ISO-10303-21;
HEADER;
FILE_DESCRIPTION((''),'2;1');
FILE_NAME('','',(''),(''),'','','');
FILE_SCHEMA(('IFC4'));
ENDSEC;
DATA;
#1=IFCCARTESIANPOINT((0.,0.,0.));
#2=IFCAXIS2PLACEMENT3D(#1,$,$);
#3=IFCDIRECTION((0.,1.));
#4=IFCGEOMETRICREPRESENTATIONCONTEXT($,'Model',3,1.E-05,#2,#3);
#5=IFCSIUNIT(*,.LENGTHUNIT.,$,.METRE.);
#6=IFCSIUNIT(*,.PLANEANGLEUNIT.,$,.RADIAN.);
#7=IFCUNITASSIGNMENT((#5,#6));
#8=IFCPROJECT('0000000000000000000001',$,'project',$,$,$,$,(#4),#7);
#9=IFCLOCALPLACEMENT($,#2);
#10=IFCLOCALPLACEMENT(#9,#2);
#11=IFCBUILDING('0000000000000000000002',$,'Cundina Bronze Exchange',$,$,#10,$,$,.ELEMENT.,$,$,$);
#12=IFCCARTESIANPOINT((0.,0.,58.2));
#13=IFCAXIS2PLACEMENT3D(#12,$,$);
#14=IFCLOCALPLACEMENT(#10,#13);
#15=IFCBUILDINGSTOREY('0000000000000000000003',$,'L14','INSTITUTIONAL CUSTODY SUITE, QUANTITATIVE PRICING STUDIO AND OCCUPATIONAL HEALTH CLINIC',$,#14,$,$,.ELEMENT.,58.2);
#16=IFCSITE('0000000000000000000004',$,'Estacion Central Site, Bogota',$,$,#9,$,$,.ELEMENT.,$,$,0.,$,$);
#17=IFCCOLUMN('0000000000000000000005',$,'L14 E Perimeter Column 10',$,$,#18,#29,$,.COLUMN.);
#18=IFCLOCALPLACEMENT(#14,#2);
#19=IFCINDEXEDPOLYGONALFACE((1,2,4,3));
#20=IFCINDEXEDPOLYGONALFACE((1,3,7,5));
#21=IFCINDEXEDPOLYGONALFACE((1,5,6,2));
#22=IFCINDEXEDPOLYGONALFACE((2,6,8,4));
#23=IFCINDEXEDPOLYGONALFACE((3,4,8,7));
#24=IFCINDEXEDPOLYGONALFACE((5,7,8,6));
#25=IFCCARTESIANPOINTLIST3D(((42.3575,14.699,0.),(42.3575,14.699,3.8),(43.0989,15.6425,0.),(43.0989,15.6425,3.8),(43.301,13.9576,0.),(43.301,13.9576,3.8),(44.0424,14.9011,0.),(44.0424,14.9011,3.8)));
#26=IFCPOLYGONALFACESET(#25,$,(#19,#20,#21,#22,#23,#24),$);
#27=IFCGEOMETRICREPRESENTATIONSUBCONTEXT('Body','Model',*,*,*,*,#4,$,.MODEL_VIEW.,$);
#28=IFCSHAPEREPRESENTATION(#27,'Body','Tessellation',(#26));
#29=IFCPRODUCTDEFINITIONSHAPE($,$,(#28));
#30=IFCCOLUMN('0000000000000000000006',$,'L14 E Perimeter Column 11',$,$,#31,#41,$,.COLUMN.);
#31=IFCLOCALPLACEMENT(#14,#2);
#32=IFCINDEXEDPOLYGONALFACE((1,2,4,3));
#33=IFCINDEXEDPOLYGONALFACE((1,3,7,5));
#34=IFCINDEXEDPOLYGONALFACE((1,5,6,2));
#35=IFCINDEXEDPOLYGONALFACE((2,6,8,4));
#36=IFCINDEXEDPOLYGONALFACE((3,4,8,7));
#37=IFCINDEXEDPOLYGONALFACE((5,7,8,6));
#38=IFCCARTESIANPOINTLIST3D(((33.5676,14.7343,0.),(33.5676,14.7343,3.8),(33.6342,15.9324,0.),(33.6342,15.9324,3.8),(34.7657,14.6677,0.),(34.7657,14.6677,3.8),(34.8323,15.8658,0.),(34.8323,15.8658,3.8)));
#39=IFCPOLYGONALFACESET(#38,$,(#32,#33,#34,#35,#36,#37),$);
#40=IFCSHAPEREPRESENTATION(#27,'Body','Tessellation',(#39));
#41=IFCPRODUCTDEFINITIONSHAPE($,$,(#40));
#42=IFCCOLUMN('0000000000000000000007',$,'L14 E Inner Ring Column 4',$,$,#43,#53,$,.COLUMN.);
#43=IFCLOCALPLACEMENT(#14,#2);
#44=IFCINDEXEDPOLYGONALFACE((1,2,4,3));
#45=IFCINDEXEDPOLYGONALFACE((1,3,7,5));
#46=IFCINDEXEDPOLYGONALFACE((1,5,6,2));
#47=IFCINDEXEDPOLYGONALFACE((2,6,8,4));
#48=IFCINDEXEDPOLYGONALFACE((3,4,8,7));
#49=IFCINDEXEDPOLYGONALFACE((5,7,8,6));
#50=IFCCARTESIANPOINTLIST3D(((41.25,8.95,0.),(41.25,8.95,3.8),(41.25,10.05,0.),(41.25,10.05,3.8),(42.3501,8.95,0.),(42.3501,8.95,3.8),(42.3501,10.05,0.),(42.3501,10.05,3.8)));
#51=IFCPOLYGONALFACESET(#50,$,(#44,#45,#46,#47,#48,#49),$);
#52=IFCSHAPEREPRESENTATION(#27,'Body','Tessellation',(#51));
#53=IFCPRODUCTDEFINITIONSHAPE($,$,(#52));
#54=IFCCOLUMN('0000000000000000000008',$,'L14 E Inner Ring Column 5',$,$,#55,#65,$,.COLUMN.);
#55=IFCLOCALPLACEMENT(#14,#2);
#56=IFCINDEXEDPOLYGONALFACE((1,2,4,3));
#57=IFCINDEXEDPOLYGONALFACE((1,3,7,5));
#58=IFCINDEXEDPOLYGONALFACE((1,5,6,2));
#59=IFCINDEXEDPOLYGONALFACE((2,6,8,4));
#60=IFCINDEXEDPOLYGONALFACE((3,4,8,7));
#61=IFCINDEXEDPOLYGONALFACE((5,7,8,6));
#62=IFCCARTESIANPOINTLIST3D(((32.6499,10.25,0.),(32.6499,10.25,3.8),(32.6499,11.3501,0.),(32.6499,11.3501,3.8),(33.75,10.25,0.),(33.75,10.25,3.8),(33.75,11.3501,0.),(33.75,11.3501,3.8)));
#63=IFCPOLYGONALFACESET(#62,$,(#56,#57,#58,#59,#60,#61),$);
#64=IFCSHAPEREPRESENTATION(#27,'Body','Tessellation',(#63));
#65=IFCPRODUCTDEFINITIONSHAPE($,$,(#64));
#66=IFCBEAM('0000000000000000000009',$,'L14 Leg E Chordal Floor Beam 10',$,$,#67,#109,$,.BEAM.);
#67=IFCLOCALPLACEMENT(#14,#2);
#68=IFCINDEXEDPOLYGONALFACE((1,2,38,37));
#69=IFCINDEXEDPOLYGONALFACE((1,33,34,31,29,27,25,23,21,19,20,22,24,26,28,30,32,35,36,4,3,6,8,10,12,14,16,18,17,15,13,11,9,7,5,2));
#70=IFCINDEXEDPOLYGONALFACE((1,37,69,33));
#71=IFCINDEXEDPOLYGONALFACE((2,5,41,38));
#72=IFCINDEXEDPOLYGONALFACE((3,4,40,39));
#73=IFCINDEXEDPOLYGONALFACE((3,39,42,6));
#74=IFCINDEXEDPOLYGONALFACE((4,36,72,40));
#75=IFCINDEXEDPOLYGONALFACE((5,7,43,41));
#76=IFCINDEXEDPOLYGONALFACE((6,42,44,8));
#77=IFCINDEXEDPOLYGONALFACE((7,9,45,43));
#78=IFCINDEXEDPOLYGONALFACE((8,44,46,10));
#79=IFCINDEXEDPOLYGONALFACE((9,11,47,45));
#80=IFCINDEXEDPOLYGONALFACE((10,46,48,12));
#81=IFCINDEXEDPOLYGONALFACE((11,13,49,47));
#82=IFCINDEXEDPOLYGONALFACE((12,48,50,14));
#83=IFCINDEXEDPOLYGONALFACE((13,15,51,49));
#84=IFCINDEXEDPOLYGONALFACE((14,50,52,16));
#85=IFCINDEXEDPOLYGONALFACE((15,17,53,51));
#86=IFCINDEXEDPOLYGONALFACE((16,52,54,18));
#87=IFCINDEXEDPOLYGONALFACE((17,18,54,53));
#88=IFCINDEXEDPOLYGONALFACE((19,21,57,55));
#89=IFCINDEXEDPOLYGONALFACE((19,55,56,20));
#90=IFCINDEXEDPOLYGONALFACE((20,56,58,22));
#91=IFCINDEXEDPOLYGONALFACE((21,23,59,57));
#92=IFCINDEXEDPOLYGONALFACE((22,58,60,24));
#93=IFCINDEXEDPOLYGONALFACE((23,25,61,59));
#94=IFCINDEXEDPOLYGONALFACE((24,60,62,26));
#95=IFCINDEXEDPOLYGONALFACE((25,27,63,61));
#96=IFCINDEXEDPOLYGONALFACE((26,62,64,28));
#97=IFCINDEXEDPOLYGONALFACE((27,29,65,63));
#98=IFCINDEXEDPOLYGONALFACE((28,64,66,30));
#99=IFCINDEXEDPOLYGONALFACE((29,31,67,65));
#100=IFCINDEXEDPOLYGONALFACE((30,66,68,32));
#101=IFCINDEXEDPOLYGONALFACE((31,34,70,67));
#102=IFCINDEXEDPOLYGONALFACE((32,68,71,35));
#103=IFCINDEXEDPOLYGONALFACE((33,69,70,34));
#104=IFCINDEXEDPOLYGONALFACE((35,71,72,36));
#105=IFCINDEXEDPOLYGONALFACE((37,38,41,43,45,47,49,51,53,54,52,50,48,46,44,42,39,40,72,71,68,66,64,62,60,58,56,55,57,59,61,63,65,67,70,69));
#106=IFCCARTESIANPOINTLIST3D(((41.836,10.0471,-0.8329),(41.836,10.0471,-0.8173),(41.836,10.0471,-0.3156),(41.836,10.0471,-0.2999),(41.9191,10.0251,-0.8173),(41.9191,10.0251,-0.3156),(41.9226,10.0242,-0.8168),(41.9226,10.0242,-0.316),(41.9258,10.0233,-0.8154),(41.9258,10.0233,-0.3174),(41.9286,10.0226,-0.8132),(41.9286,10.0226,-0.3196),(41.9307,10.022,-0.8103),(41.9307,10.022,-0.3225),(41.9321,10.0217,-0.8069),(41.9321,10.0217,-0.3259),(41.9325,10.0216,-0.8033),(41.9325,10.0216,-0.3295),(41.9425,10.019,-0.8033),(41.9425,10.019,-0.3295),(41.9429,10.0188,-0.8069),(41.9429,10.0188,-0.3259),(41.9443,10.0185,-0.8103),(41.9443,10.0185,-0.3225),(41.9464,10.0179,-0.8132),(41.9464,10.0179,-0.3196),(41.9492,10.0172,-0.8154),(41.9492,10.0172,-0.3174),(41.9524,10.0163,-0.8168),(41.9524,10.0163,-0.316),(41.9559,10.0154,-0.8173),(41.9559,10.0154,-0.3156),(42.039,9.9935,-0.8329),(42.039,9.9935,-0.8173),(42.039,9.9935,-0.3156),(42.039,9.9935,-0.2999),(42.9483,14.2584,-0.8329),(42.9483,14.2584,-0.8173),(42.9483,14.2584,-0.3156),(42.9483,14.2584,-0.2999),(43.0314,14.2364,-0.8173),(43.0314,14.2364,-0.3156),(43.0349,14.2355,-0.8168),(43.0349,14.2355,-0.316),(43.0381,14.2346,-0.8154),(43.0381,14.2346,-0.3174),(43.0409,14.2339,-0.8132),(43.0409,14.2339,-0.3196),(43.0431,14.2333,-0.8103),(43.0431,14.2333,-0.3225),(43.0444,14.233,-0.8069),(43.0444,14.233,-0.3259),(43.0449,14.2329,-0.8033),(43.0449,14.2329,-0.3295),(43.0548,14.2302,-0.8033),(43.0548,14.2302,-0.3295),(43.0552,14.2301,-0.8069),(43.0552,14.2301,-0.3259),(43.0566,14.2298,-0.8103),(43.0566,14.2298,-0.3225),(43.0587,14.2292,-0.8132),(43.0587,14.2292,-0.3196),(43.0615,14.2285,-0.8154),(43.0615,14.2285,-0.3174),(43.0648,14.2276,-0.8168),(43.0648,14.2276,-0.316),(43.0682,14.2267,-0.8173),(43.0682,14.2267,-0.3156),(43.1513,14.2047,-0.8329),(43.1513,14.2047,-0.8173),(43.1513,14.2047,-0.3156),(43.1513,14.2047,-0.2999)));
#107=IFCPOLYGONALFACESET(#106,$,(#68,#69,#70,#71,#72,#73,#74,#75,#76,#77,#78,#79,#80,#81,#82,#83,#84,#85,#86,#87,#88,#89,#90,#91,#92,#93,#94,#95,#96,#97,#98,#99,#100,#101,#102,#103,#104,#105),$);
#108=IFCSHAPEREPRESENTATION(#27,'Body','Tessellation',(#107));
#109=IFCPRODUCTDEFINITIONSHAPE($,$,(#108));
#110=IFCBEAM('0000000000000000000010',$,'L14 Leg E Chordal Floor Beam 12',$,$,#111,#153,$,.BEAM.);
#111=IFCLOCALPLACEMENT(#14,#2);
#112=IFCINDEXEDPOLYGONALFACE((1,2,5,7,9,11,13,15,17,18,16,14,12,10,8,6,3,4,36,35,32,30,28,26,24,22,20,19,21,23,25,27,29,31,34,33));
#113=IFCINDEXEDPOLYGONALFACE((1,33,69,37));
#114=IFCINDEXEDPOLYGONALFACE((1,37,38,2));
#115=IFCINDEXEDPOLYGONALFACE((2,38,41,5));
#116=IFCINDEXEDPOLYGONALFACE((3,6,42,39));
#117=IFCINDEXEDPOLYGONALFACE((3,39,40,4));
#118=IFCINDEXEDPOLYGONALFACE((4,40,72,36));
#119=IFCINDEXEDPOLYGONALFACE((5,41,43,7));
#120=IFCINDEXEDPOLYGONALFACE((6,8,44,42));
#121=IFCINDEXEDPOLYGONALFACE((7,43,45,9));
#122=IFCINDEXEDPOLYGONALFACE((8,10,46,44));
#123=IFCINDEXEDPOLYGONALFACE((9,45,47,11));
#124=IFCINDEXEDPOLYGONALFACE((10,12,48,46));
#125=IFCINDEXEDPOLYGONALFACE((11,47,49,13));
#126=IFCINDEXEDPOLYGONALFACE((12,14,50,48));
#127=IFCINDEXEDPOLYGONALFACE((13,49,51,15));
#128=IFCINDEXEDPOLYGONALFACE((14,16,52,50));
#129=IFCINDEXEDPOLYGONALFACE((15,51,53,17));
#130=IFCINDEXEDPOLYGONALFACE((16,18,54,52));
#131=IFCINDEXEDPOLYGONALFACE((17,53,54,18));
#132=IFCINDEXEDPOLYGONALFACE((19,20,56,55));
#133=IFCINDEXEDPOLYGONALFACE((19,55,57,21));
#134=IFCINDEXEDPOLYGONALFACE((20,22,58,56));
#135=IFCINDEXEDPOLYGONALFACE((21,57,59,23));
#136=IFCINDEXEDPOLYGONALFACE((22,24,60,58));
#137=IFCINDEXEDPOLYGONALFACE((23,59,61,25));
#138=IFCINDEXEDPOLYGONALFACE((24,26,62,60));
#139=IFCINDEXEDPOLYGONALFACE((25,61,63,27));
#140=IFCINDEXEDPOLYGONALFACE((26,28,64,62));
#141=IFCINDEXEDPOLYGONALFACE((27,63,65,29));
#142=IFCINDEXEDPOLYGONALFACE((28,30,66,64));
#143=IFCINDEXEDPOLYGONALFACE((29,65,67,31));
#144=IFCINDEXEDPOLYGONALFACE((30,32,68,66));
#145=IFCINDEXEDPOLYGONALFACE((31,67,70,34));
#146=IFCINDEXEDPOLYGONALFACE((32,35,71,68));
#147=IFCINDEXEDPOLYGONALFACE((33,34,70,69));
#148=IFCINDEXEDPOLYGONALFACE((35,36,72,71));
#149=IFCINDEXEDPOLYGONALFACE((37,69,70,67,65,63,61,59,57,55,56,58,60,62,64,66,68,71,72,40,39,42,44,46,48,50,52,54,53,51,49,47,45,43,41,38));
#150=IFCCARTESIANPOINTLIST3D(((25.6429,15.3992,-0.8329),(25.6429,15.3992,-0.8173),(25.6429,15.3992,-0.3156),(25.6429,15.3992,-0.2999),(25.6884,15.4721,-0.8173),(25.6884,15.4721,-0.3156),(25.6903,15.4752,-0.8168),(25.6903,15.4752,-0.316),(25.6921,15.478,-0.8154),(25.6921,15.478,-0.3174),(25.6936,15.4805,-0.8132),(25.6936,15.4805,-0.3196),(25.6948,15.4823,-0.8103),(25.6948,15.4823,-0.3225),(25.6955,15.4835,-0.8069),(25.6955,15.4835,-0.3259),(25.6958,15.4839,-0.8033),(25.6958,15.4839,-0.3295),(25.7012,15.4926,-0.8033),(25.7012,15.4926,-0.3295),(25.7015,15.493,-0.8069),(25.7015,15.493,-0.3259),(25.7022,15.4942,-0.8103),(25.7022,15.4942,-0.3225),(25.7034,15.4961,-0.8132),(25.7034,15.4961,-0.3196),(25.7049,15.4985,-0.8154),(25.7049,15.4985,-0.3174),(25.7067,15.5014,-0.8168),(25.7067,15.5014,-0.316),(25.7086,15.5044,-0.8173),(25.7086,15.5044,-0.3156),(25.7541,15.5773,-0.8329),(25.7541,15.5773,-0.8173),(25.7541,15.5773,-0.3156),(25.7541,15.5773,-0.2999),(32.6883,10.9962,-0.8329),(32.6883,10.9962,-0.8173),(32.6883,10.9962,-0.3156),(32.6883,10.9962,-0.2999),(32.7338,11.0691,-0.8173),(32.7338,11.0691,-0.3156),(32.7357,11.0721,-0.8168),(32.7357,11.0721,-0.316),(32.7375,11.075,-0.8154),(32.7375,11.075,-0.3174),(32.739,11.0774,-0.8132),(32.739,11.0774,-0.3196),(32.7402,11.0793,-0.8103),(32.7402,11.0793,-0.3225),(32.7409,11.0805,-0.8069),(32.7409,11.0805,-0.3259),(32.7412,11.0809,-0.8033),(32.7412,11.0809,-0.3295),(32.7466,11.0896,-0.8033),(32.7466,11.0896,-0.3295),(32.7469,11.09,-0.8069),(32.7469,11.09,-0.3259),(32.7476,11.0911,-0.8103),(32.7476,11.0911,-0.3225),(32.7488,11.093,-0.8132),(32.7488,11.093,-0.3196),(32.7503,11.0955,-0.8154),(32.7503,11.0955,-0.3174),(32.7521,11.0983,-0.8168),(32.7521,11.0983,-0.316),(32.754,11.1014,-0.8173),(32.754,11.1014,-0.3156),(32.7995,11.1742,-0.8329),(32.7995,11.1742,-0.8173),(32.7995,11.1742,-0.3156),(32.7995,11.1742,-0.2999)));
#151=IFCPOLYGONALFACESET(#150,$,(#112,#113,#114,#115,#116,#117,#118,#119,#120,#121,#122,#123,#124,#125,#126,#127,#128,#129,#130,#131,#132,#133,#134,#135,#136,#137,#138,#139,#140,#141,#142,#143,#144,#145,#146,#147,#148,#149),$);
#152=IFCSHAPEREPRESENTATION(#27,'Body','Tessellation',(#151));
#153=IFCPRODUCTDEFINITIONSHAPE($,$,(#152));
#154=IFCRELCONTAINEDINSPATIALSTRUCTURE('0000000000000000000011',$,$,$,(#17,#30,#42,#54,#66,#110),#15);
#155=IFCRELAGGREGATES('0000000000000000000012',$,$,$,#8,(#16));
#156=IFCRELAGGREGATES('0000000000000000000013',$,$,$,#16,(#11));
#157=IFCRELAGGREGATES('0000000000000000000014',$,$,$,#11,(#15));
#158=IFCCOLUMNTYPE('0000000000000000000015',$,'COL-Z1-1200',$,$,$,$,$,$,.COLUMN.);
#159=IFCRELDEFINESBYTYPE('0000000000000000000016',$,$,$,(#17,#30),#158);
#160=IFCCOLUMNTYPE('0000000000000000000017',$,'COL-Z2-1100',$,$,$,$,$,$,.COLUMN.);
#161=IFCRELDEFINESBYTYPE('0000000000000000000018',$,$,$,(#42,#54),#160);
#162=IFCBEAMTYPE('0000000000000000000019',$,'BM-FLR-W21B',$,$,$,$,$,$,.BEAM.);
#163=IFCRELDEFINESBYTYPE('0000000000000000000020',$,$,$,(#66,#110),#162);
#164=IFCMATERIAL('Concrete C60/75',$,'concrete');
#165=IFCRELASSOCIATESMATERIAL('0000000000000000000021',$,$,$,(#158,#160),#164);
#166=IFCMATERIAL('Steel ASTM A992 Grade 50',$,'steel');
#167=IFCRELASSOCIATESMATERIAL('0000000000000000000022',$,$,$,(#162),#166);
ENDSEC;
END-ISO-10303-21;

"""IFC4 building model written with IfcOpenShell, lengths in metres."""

from ifc_helpers import new_model, si_unit, direction, frame, origin, origin_2d, place, context, subcontext, project, spatial, rectangle, i_section, extrude, material, material_profile, profile_set, type_object, element, save


model = new_model("IFC4")

# Units and contexts
model_context = context("Model", 3, precision=1e-05, world=origin(), true_north=direction((0.0, 1.0)))
body_context = subcontext(model_context, "Body", "Model", "MODEL_VIEW")
ifc_project = project(units=[si_unit("LENGTHUNIT", "METRE"), si_unit("PLANEANGLEUNIT", "RADIAN")], contexts=[model_context])

# Site, building, storey
site_placement = place(None, origin())
site = spatial("IfcSite", under=ifc_project, at=site_placement, Name="Estacion Central Site, Bogota", CompositionType="ELEMENT", RefElevation=0.0)
building_placement = place(site_placement, origin())
building = spatial("IfcBuilding", under=site, at=building_placement, Name="Cundina Bronze Exchange", CompositionType="ELEMENT")
storey_placement = place(building_placement, frame((0.0, 0.0, 58.2)))
storey = spatial("IfcBuildingStorey", under=building, at=storey_placement, Name="L14", Description="INSTITUTIONAL CUSTODY SUITE, QUANTITATIVE PRICING STUDIO AND OCCUPATIONAL HEALTH CLINIC", CompositionType="ELEMENT", Elevation=58.2)

# Columns
ifc_material_1 = material(Name="Concrete C60/75", Category="concrete")
ifc_material_profile_1 = material_profile(ifc_material_1, rectangle(XDim=1.2, YDim=1.2, at=origin_2d()), Name="RC1200X1200", Category="concrete")
ifc_profile_set_1 = profile_set([ifc_material_profile_1], Name="Concrete C60/75")
column_type_1 = type_object("IfcColumnType", Name="COL-Z1-1200", PredefinedType="COLUMN", material=ifc_profile_set_1)
for number, where, z_axis, x_axis, name in (
    (1, (43.2, 14.8, 0.0), (0.0, 0.0, 1.0), (-0.786288, 0.61786, 0.0), "L14 E Perimeter Column 10"),
    (2, (34.2, 15.3, 0.0), (0.0, 0.0, 1.0), (-0.99846, 0.055473, 0.0), "L14 E Perimeter Column 11"),
):
    element("IfcColumn", number, at=place(storey_placement, frame(where, z_axis=z_axis, x_axis=x_axis)), inside=storey, type_object=column_type_1, Name=name, PredefinedType="COLUMN", context=body_context, shape_type="SweptSolid", body=[
        extrude(rectangle(XDim=1.2, YDim=1.2, at=origin_2d()), origin(), (0.0, 0.0, 1.0), 3.8),
    ])
ifc_material_profile_2 = material_profile(ifc_material_1, rectangle(XDim=1.1001, YDim=1.1001, at=origin_2d()), Name="RC1100X1100", Category="concrete")
ifc_profile_set_2 = profile_set([ifc_material_profile_2], Name="Concrete C60/75")
column_type_2 = type_object("IfcColumnType", Name="COL-Z2-1100", PredefinedType="COLUMN", material=ifc_profile_set_2)
for number, where, z_axis, x_axis, name in (
    (3, (41.8, 9.5, 0.0), (0.0, 0.0, 1.0), (1.0, 0.0, 0.0), "L14 E Inner Ring Column 4"),
    (4, (33.2, 10.8, 0.0), (0.0, 0.0, 1.0), (1.0, 0.0, 0.0), "L14 E Inner Ring Column 5"),
):
    element("IfcColumn", number, at=place(storey_placement, frame(where, z_axis=z_axis, x_axis=x_axis)), inside=storey, type_object=column_type_2, Name=name, PredefinedType="COLUMN", context=body_context, shape_type="SweptSolid", body=[
        extrude(rectangle(XDim=1.1001, YDim=1.1001, at=origin_2d()), origin(), (0.0, 0.0, 1.0), 3.8),
    ])

# Beams
ifc_material_2 = material(Name="Steel ASTM A992 Grade 50", Category="steel")
ifc_material_profile_3 = material_profile(ifc_material_2, i_section(OverallWidth=0.21, OverallDepth=0.533, WebThickness=0.0103, FlangeThickness=0.0156, FilletRadius=0.0139, at=origin_2d()), Name="W21X62", Category="steel")
ifc_profile_set_3 = profile_set([ifc_material_profile_3], Name="Steel ASTM A992 Grade 50")
beam_type_1 = type_object("IfcBeamType", Name="BM-FLR-W21B", PredefinedType="BEAM", material=ifc_profile_set_3)
beam_1_placement = place(storey_placement, frame((41.9375, 10.0203, -0.5664), z_axis=(0.255373, 0.966843, 0.0), x_axis=(-0.966843, 0.255373, 0.0)))
element("IfcBeam", 5, at=beam_1_placement, inside=storey, type_object=beam_type_1, Name="L14 Leg E Chordal Floor Beam 10", PredefinedType="BEAM", context=body_context, shape_type="SweptSolid", body=[
    extrude(i_section(OverallWidth=0.21, OverallDepth=0.533, WebThickness=0.0103, FlangeThickness=0.0156, FilletRadius=0.0139, at=origin_2d()), origin(), (0.0, 0.0, 1.0), 4.3557),
])
beam_2_placement = place(storey_placement, frame((32.7439, 11.0852, -0.5664), z_axis=(-0.848015, 0.529973, 0.0), x_axis=(-0.529973, -0.848015, 0.0)))
element("IfcBeam", 6, at=beam_2_placement, inside=storey, type_object=beam_type_1, Name="L14 Leg E Chordal Floor Beam 12", PredefinedType="BEAM", context=body_context, shape_type="SweptSolid", body=[
    extrude(i_section(OverallWidth=0.21, OverallDepth=0.533, WebThickness=0.0103, FlangeThickness=0.0156, FilletRadius=0.0139, at=origin_2d()), origin(), (0.0, 0.0, 1.0), 8.3081),
])

save(model, "model.ifc")
